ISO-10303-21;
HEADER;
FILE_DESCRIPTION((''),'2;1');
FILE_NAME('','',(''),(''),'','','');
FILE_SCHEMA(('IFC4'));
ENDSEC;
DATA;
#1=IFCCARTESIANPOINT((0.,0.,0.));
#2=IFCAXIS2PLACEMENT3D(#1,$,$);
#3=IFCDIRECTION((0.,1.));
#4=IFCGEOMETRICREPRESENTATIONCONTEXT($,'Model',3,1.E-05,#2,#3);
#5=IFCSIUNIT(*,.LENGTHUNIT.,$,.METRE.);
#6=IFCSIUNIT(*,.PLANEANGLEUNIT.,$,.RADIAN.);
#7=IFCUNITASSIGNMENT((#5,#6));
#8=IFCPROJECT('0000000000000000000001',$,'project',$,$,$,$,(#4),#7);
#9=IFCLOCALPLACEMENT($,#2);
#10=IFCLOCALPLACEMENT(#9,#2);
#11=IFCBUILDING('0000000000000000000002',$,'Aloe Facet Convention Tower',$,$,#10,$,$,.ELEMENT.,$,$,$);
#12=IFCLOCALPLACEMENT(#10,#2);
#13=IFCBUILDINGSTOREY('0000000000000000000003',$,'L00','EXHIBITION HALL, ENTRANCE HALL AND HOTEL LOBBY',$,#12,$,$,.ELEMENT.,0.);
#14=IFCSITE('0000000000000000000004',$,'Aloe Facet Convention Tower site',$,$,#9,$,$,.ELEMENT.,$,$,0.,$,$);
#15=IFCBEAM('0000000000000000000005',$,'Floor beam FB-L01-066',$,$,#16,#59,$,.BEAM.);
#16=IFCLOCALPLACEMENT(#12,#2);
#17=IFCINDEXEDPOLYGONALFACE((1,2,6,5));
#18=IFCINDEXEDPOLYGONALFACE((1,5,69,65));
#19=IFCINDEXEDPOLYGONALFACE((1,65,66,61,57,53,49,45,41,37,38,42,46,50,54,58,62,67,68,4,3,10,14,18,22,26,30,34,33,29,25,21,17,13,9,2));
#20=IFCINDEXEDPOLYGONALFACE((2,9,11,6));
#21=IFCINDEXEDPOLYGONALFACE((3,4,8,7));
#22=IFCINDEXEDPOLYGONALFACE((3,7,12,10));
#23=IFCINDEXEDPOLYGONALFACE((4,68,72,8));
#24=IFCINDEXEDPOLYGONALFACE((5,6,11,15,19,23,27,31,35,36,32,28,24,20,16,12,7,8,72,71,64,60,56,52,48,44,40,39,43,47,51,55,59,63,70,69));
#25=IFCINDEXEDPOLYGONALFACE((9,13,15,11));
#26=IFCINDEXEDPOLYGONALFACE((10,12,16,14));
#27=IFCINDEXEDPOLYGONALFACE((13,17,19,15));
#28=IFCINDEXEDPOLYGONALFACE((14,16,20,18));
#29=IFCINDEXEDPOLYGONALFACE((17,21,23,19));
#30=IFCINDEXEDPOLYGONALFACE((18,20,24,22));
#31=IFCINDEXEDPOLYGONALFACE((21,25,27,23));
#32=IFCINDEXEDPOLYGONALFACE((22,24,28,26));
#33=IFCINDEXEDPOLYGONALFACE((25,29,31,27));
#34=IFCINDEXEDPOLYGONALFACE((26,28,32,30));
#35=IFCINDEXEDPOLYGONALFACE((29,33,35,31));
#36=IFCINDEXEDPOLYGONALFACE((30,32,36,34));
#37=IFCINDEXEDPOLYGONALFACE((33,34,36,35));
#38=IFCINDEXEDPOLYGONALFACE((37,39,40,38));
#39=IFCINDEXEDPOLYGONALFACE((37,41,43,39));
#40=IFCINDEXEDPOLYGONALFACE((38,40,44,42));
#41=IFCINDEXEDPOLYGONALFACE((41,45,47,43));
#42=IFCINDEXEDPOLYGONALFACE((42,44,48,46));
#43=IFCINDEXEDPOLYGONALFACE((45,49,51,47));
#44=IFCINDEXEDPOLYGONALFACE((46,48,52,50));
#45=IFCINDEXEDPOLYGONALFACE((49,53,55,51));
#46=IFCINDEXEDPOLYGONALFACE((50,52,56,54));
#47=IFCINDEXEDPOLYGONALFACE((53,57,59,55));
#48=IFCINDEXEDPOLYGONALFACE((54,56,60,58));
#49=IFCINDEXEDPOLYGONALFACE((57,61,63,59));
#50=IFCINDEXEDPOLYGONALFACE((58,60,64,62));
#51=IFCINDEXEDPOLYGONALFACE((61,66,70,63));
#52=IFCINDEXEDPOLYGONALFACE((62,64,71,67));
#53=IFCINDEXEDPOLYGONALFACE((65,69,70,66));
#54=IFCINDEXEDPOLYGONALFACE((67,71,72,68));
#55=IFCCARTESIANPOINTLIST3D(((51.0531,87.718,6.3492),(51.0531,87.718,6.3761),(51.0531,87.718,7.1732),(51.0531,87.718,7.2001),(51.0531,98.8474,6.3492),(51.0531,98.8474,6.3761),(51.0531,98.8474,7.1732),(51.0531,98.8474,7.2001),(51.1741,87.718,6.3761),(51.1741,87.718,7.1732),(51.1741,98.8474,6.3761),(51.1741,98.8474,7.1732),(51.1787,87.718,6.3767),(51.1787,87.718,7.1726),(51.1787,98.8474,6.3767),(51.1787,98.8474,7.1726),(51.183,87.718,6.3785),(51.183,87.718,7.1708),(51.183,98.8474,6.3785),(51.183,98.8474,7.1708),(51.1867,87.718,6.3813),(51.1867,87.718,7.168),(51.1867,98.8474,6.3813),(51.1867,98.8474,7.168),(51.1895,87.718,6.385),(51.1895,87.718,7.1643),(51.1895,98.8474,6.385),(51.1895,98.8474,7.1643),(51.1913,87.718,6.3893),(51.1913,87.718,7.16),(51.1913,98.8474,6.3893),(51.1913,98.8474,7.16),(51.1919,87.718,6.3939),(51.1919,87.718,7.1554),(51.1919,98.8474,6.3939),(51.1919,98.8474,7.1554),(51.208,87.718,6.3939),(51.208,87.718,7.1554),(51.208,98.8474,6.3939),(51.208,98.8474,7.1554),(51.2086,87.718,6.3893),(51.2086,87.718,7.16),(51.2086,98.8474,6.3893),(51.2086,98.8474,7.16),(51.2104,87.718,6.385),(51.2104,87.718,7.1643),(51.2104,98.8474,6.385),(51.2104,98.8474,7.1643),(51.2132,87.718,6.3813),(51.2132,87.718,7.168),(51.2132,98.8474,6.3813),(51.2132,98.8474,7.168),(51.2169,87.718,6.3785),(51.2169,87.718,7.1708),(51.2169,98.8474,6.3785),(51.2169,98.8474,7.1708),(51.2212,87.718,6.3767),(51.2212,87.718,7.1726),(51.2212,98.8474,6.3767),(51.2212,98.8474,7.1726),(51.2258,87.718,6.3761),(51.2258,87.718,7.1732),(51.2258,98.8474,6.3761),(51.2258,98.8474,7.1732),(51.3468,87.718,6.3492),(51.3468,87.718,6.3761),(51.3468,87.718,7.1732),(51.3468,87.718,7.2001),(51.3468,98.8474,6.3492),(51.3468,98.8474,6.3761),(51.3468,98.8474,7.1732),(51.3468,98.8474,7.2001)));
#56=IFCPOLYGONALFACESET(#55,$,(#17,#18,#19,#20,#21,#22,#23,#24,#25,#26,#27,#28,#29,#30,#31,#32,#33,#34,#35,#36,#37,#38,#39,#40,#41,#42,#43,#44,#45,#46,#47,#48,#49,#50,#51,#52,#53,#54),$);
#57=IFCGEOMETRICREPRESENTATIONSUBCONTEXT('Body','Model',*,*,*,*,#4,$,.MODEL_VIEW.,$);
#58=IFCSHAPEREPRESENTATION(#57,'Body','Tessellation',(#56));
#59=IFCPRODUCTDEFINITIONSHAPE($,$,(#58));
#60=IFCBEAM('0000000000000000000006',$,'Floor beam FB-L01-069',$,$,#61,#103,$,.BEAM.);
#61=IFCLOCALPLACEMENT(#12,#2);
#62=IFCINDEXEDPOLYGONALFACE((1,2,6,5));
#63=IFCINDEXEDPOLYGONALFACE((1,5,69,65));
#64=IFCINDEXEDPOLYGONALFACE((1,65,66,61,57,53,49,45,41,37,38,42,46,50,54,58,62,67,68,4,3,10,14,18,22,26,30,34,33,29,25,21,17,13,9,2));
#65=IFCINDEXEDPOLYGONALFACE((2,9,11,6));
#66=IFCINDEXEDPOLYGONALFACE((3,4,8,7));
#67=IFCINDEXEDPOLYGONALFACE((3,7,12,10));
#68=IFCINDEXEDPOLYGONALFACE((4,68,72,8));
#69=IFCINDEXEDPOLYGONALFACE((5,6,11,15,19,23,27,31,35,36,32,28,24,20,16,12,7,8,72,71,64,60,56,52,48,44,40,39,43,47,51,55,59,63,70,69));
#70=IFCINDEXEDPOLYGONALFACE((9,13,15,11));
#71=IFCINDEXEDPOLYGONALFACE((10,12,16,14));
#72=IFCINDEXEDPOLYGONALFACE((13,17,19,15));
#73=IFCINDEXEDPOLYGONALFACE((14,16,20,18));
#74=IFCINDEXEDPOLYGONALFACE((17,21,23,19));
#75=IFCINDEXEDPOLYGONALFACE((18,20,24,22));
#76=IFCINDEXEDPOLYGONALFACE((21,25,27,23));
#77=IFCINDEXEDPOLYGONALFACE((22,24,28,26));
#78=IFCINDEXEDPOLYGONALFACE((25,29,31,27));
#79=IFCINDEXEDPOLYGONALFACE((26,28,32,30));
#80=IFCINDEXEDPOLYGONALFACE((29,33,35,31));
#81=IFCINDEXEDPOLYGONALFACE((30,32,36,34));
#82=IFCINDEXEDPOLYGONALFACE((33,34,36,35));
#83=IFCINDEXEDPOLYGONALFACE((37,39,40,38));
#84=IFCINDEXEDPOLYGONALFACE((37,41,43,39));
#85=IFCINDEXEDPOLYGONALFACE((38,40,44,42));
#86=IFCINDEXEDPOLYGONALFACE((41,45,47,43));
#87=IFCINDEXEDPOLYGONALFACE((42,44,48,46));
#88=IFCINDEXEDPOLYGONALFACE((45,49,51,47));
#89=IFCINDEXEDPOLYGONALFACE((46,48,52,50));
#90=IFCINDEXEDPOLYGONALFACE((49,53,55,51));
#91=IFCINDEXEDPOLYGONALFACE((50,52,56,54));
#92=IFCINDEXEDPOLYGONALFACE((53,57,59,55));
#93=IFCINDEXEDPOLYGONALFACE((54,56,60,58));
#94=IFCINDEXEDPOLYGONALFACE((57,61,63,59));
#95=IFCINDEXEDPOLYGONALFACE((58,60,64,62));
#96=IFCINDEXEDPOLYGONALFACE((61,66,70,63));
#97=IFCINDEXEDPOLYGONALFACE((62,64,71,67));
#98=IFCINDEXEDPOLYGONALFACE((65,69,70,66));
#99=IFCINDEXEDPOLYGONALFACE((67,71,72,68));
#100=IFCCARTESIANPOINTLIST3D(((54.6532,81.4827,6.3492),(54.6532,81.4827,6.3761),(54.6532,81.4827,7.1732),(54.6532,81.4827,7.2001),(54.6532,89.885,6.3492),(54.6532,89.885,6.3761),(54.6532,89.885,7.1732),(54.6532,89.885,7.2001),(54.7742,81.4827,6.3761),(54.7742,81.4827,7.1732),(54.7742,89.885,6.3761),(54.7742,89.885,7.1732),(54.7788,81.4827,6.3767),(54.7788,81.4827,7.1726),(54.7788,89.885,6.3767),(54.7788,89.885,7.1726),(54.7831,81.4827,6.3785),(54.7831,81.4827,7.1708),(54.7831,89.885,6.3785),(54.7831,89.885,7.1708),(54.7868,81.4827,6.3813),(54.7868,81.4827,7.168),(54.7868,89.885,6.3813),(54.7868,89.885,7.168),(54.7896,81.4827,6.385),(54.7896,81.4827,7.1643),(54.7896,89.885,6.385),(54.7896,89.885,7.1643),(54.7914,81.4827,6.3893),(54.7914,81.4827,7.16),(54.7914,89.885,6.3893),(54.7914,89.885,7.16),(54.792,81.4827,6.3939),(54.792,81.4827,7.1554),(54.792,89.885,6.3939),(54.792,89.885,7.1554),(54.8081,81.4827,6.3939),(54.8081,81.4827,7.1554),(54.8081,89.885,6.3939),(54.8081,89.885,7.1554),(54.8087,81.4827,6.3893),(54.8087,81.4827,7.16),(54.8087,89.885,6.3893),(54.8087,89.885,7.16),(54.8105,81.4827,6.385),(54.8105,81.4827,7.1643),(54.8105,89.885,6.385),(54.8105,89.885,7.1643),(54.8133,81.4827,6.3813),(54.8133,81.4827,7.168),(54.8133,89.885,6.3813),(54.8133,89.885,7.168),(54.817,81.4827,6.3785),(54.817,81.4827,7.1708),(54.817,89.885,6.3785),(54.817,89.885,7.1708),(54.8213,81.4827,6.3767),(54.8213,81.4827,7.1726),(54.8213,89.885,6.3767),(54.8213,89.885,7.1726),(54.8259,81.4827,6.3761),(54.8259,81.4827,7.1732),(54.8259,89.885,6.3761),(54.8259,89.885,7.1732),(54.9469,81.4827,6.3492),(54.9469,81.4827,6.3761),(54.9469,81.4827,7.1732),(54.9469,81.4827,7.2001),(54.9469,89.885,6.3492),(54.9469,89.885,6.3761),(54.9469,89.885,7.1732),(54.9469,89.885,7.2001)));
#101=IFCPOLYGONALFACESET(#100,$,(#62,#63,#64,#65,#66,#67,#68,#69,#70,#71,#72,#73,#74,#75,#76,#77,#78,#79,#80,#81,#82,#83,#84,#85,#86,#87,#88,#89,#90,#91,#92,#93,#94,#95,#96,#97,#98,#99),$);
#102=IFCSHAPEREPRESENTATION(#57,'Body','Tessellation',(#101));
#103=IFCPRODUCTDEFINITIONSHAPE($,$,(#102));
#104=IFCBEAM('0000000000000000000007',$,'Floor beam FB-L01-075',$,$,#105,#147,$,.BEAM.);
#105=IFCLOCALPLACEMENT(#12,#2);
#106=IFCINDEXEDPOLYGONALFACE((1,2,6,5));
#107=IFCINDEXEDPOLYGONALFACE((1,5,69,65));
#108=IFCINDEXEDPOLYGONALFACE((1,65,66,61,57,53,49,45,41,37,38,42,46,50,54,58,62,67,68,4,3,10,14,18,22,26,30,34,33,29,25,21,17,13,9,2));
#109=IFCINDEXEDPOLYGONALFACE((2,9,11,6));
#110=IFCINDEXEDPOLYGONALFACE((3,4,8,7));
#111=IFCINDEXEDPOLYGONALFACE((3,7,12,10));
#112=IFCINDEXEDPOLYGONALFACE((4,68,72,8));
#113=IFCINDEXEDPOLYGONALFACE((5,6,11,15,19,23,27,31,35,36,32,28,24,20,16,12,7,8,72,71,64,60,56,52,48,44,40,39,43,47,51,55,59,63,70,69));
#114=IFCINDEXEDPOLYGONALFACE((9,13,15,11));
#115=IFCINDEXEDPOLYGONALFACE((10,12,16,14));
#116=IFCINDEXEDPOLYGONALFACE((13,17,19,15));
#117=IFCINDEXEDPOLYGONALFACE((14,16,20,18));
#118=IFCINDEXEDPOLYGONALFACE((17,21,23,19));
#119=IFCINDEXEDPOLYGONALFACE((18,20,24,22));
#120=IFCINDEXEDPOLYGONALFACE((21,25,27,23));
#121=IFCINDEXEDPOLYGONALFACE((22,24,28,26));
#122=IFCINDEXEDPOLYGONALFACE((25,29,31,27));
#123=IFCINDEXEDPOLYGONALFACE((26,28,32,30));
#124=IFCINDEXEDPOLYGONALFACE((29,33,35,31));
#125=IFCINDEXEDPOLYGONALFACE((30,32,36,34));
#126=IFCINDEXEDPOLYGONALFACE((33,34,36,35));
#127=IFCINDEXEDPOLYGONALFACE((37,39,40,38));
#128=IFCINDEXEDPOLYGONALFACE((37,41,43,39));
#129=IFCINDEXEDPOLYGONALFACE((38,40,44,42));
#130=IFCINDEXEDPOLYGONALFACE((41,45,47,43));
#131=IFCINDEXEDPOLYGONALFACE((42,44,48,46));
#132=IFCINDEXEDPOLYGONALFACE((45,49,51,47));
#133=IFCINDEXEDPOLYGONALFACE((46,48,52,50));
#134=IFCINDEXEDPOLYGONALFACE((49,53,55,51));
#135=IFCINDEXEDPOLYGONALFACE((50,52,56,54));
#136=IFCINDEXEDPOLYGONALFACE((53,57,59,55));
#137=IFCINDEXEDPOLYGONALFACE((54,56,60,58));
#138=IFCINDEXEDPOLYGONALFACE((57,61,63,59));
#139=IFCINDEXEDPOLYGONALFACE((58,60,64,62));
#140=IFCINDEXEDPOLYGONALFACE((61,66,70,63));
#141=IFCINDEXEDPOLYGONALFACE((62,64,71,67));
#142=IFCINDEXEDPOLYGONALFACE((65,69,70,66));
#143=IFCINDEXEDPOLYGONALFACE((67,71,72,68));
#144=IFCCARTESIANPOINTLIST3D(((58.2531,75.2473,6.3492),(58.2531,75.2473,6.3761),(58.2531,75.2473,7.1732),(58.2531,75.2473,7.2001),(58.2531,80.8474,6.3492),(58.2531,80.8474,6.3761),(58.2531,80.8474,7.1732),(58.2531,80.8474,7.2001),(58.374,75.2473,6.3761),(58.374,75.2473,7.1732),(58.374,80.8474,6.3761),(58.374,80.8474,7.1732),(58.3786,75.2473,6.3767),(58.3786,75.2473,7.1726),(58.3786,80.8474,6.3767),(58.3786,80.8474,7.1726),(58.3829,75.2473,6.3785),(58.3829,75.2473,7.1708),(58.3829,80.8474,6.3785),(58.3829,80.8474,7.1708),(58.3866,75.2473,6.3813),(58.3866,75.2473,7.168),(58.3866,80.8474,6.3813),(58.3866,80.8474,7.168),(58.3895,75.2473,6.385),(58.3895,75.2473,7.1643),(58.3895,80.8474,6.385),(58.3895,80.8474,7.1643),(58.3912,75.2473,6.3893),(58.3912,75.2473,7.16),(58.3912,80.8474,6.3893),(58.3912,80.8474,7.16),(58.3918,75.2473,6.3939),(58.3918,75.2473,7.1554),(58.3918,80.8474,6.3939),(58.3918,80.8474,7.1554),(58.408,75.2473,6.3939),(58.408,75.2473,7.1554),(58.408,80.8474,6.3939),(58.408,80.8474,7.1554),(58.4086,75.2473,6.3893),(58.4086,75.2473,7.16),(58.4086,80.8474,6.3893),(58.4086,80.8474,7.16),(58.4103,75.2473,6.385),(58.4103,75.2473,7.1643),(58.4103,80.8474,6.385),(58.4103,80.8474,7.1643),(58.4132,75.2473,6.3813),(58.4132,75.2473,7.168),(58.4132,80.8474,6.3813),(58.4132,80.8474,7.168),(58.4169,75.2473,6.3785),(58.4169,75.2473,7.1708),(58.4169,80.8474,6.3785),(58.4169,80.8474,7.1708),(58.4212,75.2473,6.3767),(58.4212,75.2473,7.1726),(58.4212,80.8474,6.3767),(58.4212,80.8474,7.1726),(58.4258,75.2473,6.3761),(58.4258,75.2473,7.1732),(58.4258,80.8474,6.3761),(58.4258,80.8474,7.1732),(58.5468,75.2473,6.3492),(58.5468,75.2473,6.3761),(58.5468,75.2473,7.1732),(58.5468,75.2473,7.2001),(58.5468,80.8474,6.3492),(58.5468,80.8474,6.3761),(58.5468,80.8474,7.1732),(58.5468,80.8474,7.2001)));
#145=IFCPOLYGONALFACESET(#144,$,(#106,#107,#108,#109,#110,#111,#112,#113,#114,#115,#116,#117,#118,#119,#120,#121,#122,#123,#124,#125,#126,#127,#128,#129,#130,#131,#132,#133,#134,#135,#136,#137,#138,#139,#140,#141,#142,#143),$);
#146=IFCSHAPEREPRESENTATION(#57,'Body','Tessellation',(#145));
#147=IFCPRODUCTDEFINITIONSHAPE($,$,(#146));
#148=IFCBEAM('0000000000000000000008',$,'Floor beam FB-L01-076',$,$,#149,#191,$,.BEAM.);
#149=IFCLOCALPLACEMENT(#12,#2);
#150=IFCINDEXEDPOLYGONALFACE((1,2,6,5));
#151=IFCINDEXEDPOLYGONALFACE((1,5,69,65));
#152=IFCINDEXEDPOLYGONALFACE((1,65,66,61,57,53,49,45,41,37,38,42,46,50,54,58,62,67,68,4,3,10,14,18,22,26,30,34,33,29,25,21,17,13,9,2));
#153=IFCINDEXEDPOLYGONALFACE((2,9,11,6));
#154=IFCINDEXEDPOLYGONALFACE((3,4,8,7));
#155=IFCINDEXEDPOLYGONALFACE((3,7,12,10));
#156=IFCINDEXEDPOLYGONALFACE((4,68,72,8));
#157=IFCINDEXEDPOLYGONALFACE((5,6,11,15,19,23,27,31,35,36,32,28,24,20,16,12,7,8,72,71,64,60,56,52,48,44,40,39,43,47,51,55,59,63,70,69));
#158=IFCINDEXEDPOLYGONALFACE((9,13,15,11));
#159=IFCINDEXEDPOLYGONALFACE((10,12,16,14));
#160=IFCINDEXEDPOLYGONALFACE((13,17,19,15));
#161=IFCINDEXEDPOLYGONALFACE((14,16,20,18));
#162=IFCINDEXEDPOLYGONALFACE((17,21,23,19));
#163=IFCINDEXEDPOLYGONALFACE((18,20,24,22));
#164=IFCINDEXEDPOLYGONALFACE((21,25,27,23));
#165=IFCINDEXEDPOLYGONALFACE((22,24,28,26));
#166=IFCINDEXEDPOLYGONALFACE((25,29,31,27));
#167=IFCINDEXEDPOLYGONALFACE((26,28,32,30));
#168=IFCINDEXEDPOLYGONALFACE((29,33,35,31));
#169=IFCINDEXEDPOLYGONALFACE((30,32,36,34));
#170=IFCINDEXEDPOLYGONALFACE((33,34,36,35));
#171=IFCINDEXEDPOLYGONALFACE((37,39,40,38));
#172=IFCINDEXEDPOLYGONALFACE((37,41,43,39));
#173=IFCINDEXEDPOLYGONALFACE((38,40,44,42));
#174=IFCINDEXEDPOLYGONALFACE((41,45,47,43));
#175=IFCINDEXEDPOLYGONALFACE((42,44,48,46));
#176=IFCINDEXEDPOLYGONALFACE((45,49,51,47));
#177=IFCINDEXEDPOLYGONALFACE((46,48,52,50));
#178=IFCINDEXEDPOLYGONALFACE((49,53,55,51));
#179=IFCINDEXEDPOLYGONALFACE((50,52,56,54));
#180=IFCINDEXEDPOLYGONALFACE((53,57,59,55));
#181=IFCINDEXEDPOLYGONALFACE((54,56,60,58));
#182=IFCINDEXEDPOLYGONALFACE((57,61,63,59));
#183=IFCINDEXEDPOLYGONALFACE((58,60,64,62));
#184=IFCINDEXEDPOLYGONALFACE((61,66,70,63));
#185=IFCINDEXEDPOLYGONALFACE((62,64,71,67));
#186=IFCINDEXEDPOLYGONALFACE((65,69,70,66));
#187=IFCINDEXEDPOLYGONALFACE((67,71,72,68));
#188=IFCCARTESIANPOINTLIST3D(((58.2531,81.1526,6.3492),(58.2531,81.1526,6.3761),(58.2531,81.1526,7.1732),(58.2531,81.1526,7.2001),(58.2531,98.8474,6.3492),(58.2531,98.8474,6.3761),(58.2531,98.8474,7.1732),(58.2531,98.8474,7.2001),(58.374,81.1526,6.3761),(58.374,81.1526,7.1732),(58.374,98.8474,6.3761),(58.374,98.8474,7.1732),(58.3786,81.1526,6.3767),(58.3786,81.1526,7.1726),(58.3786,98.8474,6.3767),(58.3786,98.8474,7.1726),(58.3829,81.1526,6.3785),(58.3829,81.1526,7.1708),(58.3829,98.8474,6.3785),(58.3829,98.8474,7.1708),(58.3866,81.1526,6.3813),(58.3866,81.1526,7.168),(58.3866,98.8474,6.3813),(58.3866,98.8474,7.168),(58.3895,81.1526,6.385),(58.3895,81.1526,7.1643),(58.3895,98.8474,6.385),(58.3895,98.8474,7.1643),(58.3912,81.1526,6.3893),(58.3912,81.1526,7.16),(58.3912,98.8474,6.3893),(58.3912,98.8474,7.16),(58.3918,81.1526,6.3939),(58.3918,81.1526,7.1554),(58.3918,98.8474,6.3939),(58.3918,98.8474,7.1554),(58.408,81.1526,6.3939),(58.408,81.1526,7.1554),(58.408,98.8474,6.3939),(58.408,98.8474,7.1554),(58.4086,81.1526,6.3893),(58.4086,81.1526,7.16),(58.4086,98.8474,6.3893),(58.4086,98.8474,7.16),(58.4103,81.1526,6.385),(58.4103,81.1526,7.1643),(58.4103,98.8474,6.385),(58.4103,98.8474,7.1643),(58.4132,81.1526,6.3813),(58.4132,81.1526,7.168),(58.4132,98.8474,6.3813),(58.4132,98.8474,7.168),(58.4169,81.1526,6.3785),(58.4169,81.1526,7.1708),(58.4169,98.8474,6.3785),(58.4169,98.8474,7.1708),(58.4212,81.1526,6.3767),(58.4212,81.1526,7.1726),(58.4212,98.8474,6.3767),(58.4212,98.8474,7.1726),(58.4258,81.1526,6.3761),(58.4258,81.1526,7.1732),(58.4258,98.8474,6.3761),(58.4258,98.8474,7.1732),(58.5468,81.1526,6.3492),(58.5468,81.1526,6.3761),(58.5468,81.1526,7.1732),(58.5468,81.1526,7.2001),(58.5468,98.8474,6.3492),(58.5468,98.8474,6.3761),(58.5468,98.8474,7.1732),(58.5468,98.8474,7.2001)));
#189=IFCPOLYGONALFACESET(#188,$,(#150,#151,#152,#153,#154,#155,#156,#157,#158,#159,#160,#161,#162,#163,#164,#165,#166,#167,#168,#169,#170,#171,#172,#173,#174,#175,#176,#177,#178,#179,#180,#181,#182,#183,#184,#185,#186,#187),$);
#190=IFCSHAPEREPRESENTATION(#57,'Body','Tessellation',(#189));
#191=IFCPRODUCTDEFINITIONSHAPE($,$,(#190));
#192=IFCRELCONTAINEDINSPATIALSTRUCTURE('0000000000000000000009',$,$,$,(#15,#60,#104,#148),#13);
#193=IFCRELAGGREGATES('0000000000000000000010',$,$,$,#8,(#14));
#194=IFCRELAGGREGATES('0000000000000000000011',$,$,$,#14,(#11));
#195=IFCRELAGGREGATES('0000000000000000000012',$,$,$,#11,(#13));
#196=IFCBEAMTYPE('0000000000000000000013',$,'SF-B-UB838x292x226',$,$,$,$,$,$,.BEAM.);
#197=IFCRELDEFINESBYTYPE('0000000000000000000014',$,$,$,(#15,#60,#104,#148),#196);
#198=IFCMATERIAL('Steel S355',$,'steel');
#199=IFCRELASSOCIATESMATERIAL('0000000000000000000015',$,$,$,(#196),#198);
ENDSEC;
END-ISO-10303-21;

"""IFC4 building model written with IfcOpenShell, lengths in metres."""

from ifc_helpers import new_model, si_unit, direction, frame, origin, origin_2d, place, context, subcontext, project, spatial, i_section, extrude, material, material_profile, profile_set, type_object, element, save


model = new_model("IFC4")

# Units and contexts
model_context = context("Model", 3, precision=1e-05, world=origin(), true_north=direction((0.0, 1.0)))
body_context = subcontext(model_context, "Body", "Model", "MODEL_VIEW")
ifc_project = project(units=[si_unit("LENGTHUNIT", "METRE"), si_unit("PLANEANGLEUNIT", "RADIAN")], contexts=[model_context])

# Site, building, storey
site_placement = place(None, origin())
site = spatial("IfcSite", under=ifc_project, at=site_placement, Name="Aloe Facet Convention Tower site", CompositionType="ELEMENT", RefElevation=0.0)
building_placement = place(site_placement, origin())
building = spatial("IfcBuilding", under=site, at=building_placement, Name="Aloe Facet Convention Tower", CompositionType="ELEMENT")
storey_placement = place(building_placement, origin())
storey = spatial("IfcBuildingStorey", under=building, at=storey_placement, Name="L00", Description="EXHIBITION HALL, ENTRANCE HALL AND HOTEL LOBBY", CompositionType="ELEMENT", Elevation=0.0)

# Beams
ifc_material_1 = material(Name="Steel S355", Category="steel")
ifc_material_profile_1 = material_profile(ifc_material_1, i_section(OverallWidth=0.2937, OverallDepth=0.8508, WebThickness=0.0161, FlangeThickness=0.0269, FilletRadius=0.0178, at=origin_2d()), Name="UB 838x292x226")
ifc_profile_set_1 = profile_set([ifc_material_profile_1], Name="Steel S355")
beam_type_1 = type_object("IfcBeamType", Name="SF-B-UB838x292x226", PredefinedType="BEAM", material=ifc_profile_set_1)
beam_1_placement = place(storey_placement, frame((51.2, 87.718, 6.7747), z_axis=(0.0, 1.0, 0.0), x_axis=(-1.0, 0.0, 0.0)))
element("IfcBeam", 1, at=beam_1_placement, inside=storey, type_object=beam_type_1, Name="Floor beam FB-L01-066", PredefinedType="BEAM", context=body_context, shape_type="SweptSolid", body=[
    extrude(i_section(OverallWidth=0.2937, OverallDepth=0.8508, WebThickness=0.0161, FlangeThickness=0.0269, FilletRadius=0.0178, at=origin_2d()), origin(), (0.0, 0.0, 1.0), 11.1294),
])
beam_2_placement = place(storey_placement, frame((54.8, 81.4827, 6.7747), z_axis=(0.0, 1.0, 0.0), x_axis=(-1.0, 0.0, 0.0)))
element("IfcBeam", 2, at=beam_2_placement, inside=storey, type_object=beam_type_1, Name="Floor beam FB-L01-069", PredefinedType="BEAM", context=body_context, shape_type="SweptSolid", body=[
    extrude(i_section(OverallWidth=0.2937, OverallDepth=0.8508, WebThickness=0.0161, FlangeThickness=0.0269, FilletRadius=0.0178, at=origin_2d()), origin(), (0.0, 0.0, 1.0), 8.4023),
])
beam_3_placement = place(storey_placement, frame((58.3999, 75.2473, 6.7747), z_axis=(0.0, 1.0, 0.0), x_axis=(-1.0, 0.0, 0.0)))
element("IfcBeam", 3, at=beam_3_placement, inside=storey, type_object=beam_type_1, Name="Floor beam FB-L01-075", PredefinedType="BEAM", context=body_context, shape_type="SweptSolid", body=[
    extrude(i_section(OverallWidth=0.2937, OverallDepth=0.8508, WebThickness=0.0161, FlangeThickness=0.0269, FilletRadius=0.0178, at=origin_2d()), origin(), (0.0, 0.0, 1.0), 5.6001),
])
beam_4_placement = place(storey_placement, frame((58.3999, 81.1526, 6.7747), z_axis=(0.0, 1.0, 0.0), x_axis=(-1.0, 0.0, 0.0)))
element("IfcBeam", 4, at=beam_4_placement, inside=storey, type_object=beam_type_1, Name="Floor beam FB-L01-076", PredefinedType="BEAM", context=body_context, shape_type="SweptSolid", body=[
    extrude(i_section(OverallWidth=0.2937, OverallDepth=0.8508, WebThickness=0.0161, FlangeThickness=0.0269, FilletRadius=0.0178, at=origin_2d()), origin(), (0.0, 0.0, 1.0), 17.6948),
])

save(model, "model.ifc")
